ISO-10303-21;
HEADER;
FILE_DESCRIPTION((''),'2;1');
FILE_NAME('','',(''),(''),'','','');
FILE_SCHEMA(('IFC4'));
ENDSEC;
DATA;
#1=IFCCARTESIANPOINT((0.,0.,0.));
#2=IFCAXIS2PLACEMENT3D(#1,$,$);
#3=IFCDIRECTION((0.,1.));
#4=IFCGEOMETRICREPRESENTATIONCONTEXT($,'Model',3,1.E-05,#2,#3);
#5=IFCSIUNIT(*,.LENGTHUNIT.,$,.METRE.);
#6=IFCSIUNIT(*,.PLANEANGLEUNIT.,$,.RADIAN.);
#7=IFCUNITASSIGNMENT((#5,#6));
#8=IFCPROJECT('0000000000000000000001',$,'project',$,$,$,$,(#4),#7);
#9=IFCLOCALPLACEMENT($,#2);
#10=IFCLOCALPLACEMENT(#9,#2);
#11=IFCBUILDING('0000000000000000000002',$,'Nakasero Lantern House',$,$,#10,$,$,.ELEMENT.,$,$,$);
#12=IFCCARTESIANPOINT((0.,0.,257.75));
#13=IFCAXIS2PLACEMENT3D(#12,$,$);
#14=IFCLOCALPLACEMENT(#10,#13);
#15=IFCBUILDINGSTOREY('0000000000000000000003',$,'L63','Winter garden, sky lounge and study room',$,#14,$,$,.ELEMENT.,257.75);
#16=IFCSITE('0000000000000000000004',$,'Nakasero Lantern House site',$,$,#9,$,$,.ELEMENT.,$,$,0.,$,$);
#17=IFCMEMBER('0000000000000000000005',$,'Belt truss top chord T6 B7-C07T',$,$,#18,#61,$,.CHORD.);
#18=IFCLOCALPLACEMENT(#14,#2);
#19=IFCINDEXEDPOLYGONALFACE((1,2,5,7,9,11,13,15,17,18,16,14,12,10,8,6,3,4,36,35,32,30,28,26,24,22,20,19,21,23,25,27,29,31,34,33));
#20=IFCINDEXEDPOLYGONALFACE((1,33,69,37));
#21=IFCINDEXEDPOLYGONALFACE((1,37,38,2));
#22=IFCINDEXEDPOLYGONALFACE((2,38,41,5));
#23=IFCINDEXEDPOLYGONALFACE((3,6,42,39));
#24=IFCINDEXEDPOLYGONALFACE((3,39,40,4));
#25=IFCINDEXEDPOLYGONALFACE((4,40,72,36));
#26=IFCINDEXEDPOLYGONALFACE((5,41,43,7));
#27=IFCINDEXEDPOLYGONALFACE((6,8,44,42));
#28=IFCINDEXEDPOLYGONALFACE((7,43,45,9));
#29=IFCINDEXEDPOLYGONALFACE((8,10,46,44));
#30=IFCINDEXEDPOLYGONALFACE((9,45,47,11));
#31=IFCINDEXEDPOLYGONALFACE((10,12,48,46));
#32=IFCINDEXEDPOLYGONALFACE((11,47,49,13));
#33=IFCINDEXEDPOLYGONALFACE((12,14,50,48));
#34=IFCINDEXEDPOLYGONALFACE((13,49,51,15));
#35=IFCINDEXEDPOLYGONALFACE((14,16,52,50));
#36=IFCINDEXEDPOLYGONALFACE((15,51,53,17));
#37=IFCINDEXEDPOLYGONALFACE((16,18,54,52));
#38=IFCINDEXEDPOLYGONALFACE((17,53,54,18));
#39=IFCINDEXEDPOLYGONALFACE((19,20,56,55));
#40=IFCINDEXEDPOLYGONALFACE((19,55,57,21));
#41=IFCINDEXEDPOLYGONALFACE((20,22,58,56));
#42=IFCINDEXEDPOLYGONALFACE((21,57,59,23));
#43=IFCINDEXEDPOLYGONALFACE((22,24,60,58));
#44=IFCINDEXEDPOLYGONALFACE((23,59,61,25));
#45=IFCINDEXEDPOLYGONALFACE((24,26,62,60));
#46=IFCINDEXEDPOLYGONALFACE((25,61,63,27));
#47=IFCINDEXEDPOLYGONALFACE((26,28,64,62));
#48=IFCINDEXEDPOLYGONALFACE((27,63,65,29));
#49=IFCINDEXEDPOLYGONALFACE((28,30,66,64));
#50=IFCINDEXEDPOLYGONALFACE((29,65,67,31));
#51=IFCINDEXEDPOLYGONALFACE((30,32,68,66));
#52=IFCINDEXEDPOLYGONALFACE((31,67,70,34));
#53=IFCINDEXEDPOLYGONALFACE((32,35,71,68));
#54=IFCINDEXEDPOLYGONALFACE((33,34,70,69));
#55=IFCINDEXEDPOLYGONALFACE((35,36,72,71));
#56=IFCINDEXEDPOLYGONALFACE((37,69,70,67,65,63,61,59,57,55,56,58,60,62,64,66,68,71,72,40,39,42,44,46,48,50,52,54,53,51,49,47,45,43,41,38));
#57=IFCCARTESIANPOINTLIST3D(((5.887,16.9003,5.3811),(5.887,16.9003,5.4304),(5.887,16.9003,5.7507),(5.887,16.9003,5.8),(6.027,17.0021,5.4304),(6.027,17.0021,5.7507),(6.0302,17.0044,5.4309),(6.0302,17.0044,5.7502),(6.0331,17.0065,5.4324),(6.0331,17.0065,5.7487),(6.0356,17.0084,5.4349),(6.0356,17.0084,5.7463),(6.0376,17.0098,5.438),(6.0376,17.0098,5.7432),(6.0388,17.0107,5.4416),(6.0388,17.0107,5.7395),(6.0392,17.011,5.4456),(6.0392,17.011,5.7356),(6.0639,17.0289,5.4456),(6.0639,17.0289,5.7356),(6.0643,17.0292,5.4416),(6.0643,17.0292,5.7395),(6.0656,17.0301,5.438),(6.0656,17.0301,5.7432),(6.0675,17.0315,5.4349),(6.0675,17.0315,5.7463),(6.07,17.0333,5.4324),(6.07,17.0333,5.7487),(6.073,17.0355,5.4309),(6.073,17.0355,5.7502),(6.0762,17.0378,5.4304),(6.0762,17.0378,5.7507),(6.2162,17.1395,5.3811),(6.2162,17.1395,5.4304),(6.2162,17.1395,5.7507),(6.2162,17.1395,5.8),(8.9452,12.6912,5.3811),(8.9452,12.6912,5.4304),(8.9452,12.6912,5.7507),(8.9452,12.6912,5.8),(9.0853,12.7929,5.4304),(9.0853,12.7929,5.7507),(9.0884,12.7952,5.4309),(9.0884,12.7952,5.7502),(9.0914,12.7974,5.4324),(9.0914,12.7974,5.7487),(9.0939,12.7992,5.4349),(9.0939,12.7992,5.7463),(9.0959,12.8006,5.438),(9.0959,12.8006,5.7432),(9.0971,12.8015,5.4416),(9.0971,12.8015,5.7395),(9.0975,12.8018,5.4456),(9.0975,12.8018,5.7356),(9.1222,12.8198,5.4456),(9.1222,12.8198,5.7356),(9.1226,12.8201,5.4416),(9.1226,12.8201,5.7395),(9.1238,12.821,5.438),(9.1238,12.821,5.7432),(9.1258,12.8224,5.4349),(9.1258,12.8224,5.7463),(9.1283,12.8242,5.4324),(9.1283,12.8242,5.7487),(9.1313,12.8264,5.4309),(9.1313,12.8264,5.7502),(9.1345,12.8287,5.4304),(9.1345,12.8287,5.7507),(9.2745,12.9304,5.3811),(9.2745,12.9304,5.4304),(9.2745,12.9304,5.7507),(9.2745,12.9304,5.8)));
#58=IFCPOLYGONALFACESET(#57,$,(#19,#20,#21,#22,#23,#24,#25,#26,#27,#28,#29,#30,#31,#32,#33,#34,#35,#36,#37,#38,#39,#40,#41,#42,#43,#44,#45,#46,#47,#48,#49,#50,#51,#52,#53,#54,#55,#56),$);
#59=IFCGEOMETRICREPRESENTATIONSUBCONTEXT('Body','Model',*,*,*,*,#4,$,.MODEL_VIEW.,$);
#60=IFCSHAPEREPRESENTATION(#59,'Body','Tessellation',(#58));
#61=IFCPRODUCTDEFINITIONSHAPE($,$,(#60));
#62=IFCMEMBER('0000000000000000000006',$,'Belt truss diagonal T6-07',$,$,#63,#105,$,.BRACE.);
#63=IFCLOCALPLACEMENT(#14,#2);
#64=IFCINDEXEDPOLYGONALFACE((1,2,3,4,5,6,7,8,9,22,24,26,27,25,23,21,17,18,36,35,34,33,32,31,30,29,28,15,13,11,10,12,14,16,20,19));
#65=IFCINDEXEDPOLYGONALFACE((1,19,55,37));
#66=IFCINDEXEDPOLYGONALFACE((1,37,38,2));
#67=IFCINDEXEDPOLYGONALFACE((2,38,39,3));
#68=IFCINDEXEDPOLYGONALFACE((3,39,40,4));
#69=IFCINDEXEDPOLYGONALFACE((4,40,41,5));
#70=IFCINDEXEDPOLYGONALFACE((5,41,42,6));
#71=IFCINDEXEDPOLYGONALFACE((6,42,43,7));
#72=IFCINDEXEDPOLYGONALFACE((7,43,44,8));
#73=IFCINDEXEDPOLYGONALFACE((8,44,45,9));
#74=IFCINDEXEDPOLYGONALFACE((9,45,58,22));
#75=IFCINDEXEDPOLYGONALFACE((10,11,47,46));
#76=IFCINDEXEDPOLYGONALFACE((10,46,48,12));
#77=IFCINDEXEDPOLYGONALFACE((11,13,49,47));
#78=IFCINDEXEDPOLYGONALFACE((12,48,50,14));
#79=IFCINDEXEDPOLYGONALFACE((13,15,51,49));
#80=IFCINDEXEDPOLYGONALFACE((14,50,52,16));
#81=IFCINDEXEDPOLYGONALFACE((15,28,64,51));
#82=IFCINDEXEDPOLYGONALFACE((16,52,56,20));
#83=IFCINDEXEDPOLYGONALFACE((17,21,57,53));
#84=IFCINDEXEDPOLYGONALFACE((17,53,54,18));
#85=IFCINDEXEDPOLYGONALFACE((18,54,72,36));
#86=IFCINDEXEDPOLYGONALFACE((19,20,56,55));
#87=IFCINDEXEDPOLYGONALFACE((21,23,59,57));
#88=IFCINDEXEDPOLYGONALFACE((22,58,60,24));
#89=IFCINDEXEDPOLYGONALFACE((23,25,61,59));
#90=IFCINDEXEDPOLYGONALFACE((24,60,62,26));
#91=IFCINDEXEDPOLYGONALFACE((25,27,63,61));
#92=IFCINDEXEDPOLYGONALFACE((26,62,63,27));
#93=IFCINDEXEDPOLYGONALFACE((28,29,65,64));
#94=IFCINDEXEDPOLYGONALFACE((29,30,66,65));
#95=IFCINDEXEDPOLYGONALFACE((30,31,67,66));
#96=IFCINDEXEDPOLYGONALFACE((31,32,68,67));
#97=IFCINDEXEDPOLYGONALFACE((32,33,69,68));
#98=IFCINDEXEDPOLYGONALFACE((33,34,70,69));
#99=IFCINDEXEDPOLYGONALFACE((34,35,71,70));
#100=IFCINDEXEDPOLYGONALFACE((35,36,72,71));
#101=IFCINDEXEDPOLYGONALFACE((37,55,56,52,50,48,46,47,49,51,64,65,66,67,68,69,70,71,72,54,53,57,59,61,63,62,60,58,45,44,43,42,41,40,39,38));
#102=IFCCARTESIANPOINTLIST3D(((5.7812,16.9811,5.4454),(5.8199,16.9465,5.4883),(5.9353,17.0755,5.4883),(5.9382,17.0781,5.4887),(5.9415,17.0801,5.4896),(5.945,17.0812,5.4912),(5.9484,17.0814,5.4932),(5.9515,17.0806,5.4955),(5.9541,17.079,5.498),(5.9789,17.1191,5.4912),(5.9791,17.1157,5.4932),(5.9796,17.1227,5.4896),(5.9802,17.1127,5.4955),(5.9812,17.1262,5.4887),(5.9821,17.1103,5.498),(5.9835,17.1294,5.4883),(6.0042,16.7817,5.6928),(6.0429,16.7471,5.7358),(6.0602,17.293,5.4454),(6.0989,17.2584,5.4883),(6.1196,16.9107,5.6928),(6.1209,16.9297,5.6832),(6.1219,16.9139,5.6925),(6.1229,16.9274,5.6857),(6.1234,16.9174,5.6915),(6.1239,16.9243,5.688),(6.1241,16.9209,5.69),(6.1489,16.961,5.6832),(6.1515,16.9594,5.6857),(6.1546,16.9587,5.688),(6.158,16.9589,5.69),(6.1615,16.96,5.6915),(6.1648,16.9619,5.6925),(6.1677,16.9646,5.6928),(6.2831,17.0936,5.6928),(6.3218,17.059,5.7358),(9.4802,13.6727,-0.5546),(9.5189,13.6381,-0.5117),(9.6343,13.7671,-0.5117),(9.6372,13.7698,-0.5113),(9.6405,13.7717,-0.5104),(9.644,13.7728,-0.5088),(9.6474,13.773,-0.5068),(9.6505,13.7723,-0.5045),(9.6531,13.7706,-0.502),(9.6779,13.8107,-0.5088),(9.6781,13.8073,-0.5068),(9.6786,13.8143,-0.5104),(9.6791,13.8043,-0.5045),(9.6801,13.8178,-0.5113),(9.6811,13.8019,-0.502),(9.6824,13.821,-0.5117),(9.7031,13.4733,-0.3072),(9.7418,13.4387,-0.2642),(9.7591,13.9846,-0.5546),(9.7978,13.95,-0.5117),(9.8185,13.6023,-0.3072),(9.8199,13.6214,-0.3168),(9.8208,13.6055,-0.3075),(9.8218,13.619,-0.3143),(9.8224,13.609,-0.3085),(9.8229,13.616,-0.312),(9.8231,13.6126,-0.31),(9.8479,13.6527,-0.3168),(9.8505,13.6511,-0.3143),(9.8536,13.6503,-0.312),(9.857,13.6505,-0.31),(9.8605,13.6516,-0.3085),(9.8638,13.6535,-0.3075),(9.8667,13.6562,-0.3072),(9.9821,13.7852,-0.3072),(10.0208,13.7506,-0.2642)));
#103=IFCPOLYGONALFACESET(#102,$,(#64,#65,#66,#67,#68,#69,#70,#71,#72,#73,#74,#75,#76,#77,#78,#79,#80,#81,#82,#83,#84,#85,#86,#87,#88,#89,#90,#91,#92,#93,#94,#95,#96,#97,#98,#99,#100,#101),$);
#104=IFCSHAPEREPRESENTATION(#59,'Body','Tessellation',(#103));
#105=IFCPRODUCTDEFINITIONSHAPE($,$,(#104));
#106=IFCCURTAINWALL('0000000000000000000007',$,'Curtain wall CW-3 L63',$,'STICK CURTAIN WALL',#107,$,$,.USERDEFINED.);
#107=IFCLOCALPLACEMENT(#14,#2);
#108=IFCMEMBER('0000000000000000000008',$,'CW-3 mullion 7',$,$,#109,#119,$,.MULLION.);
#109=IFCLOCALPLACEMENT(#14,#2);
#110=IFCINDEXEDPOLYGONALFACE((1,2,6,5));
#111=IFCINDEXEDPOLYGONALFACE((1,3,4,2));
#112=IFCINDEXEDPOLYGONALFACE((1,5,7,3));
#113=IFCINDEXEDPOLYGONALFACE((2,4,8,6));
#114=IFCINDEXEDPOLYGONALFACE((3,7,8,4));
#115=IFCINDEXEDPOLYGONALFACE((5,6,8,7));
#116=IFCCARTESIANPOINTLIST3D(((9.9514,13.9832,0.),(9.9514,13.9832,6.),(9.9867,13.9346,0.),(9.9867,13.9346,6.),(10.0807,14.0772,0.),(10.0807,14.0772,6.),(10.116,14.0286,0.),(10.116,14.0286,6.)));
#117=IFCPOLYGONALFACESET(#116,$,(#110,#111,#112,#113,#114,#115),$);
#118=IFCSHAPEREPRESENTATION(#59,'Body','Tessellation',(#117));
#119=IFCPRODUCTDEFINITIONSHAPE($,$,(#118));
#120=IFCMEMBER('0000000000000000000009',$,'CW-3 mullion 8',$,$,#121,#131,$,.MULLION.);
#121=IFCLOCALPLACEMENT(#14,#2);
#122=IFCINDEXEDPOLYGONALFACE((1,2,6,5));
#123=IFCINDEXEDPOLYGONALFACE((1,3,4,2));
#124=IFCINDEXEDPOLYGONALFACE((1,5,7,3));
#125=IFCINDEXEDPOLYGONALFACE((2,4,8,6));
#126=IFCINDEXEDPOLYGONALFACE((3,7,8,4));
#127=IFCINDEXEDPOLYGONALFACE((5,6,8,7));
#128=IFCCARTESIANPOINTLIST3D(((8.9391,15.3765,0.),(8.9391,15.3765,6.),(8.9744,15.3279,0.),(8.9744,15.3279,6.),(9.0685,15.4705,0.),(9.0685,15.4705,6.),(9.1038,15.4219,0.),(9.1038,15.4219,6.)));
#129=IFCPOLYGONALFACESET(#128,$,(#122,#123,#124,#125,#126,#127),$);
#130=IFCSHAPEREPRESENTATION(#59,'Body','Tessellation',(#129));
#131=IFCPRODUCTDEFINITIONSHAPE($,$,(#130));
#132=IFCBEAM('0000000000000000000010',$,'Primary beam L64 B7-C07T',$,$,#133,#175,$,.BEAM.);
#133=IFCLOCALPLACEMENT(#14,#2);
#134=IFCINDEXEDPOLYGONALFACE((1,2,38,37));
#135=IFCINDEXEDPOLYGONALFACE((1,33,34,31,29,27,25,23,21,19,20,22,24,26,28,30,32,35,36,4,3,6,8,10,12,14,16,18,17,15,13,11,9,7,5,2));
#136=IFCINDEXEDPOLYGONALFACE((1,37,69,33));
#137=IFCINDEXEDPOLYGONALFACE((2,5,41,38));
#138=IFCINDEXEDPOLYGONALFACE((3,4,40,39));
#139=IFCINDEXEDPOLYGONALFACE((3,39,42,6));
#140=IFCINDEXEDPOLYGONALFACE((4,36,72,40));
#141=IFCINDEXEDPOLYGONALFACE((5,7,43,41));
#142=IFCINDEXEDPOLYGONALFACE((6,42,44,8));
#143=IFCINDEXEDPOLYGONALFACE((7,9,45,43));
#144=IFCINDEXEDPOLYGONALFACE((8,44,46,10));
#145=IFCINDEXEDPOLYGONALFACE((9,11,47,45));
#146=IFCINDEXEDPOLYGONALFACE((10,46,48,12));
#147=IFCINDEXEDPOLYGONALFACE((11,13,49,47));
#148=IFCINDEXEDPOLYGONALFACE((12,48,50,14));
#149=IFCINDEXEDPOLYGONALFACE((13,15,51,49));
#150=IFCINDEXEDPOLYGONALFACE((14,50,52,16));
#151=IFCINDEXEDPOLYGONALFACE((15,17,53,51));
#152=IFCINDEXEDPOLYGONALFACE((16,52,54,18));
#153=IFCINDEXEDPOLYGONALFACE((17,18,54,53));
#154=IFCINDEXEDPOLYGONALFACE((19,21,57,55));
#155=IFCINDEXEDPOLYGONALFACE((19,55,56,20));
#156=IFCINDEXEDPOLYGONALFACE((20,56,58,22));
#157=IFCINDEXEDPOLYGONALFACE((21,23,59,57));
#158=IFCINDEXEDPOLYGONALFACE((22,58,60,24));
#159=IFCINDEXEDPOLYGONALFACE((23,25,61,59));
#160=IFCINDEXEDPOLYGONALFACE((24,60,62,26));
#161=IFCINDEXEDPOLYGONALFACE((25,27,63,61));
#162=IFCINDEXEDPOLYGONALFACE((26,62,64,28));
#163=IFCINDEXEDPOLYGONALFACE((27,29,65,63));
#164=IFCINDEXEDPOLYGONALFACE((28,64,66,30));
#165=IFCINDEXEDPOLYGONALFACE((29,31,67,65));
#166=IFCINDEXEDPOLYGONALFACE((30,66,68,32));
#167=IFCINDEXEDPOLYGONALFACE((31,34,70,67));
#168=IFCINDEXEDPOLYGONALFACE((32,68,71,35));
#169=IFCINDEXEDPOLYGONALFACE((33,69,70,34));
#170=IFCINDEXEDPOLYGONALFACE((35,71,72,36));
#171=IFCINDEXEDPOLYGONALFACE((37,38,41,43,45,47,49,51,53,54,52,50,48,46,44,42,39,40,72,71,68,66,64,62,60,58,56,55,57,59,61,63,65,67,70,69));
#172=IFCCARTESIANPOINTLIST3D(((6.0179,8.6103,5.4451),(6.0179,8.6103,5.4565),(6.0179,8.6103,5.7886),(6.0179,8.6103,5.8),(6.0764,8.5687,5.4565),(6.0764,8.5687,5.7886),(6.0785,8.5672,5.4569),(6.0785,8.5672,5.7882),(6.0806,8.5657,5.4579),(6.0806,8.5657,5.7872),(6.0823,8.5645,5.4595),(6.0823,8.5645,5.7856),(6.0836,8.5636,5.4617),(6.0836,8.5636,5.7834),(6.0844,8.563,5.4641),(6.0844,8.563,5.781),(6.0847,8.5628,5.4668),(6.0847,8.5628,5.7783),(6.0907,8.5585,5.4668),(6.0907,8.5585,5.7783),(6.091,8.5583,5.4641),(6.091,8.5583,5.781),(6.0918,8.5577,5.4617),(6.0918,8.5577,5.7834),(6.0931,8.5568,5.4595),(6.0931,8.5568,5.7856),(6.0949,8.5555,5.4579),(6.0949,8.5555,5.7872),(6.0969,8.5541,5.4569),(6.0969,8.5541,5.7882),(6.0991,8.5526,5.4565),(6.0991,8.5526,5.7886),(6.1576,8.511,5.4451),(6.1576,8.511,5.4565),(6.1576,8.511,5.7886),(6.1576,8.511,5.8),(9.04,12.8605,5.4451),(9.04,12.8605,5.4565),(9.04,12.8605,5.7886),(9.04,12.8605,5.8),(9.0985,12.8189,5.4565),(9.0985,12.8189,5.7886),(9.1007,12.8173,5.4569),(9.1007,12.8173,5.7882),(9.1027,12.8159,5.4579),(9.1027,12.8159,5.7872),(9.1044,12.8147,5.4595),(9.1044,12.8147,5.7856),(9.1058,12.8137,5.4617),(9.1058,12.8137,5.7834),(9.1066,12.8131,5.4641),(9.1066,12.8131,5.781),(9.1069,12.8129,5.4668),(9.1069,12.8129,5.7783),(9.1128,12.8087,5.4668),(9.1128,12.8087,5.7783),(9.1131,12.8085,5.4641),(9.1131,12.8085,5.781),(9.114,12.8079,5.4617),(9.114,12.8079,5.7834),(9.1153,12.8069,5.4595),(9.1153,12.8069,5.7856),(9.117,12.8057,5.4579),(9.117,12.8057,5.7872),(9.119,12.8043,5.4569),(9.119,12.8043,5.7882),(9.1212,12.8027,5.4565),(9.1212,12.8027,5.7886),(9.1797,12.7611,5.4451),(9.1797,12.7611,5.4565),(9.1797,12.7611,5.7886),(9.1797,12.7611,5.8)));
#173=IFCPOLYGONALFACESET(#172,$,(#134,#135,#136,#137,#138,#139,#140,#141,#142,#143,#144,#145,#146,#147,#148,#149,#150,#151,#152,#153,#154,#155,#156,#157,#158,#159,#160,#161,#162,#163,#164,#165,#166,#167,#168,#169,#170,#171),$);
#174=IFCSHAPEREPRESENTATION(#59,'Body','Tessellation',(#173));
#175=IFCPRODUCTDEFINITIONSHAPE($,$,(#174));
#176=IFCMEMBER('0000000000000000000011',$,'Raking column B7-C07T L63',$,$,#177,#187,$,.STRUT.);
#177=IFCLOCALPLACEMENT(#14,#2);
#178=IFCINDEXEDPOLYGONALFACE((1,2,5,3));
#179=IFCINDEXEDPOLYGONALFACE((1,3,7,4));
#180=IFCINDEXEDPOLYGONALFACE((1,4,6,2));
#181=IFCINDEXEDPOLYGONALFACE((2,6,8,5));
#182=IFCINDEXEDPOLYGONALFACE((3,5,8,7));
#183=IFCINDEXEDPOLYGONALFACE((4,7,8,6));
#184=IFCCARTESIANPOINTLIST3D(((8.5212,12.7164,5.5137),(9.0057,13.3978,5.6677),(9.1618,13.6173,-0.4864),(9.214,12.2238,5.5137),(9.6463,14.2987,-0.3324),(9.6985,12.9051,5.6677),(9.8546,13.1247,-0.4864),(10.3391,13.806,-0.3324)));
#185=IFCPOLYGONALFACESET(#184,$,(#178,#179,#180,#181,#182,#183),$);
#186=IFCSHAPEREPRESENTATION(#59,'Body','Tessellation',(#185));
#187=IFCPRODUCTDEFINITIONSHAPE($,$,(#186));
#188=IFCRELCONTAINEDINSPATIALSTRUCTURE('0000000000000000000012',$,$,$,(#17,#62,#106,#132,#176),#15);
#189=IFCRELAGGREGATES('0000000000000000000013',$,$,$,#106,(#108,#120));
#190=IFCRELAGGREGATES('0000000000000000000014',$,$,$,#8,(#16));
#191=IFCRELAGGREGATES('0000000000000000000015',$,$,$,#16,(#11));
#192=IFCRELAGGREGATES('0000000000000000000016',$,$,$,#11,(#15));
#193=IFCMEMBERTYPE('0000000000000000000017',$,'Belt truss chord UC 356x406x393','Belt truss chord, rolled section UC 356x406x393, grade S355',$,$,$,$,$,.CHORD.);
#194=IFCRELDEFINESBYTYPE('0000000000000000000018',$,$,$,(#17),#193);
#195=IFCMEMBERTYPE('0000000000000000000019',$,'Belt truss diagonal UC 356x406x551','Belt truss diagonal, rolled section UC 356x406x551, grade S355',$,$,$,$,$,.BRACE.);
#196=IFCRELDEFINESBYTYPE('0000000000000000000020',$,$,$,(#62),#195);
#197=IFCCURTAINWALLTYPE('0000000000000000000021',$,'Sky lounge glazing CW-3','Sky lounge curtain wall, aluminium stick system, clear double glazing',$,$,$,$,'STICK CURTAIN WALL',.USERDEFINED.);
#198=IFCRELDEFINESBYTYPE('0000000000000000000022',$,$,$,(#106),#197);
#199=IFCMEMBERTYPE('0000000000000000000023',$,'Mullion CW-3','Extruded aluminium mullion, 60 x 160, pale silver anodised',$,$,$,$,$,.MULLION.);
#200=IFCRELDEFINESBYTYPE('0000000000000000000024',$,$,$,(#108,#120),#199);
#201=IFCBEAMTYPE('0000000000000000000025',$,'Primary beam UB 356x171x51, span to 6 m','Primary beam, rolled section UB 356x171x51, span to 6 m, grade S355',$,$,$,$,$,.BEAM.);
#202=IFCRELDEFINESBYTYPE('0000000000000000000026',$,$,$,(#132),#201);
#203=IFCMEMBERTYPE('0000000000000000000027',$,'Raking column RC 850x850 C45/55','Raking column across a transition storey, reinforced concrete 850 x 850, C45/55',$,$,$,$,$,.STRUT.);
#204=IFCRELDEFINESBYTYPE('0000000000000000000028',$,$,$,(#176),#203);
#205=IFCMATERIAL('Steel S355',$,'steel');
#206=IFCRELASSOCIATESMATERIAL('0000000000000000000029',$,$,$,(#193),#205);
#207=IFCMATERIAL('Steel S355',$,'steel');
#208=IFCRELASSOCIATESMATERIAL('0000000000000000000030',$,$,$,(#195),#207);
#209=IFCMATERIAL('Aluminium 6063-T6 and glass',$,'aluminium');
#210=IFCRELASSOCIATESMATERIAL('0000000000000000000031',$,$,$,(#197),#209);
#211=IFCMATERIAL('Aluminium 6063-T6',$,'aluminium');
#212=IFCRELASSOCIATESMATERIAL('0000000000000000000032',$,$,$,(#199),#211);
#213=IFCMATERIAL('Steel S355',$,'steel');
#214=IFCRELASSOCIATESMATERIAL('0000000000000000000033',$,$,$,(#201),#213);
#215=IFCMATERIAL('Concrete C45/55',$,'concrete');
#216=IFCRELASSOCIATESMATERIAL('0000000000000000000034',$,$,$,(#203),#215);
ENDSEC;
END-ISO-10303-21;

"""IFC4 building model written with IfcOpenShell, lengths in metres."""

from ifc_helpers import new_model, si_unit, direction, frame, origin, origin_2d, place, context, subcontext, project, spatial, rectangle, i_section, extrude, material, material_profile, profile_set, type_object, element, aggregate, save


model = new_model("IFC4")

# Units and contexts
model_context = context("Model", 3, precision=1e-05, world=origin(), true_north=direction((0.0, 1.0)))
body_context = subcontext(model_context, "Body", "Model", "MODEL_VIEW")
ifc_project = project(units=[si_unit("LENGTHUNIT", "METRE"), si_unit("PLANEANGLEUNIT", "RADIAN")], contexts=[model_context])

# Site, building, storey
site_placement = place(None, origin())
site = spatial("IfcSite", under=ifc_project, at=site_placement, Name="Nakasero Lantern House site", CompositionType="ELEMENT", RefElevation=0.0)
building_placement = place(site_placement, origin())
building = spatial("IfcBuilding", under=site, at=building_placement, Name="Nakasero Lantern House", CompositionType="ELEMENT")
storey_placement = place(building_placement, frame((0.0, 0.0, 257.75)))
storey = spatial("IfcBuildingStorey", under=building, at=storey_placement, Name="L63", Description="Winter garden, sky lounge and study room", CompositionType="ELEMENT", Elevation=257.75)

# Members
ifc_material_1 = material(Name="Steel S355", Category="steel")
ifc_material_profile_1 = material_profile(ifc_material_1, i_section(OverallWidth=0.407, OverallDepth=0.4189, WebThickness=0.0305, FlangeThickness=0.0493, FilletRadius=0.0151, at=origin_2d()), Name="UC 356x406x393")
ifc_profile_set_1 = profile_set([ifc_material_profile_1], Name="Steel S355")
member_type_1 = type_object("IfcMemberType", Name="Belt truss chord UC 356x406x393", Description="Belt truss chord, rolled section UC 356x406x393, grade S355", PredefinedType="CHORD", material=ifc_profile_set_1)
member_1_placement = place(storey_placement, frame((9.1099, 12.8108, 5.5906), z_axis=(-0.587806, 0.809002, 0.0), x_axis=(-0.809002, -0.587806, 0.0)))
element("IfcMember", 1, at=member_1_placement, inside=storey, type_object=member_type_1, Name="Belt truss top chord T6 B7-C07T", PredefinedType="CHORD", context=body_context, shape_type="SweptSolid", body=[
    extrude(i_section(OverallWidth=0.407, OverallDepth=0.4189, WebThickness=0.0305, FlangeThickness=0.0493, FilletRadius=0.0151, at=origin_2d()), origin(), (0.0, 0.0, 1.0), 5.2029),
])
ifc_material_2 = material(Name="Steel S355", Category="steel")
ifc_material_profile_2 = material_profile(ifc_material_2, i_section(OverallWidth=0.4185, OverallDepth=0.4556, WebThickness=0.042, FlangeThickness=0.0674, FilletRadius=0.0151, at=origin_2d()), Name="UC 356x406x551")
ifc_profile_set_2 = profile_set([ifc_material_profile_2], Name="Steel S355")
member_type_2 = type_object("IfcMemberType", Name="Belt truss diagonal UC 356x406x551", Description="Belt truss diagonal, rolled section UC 356x406x551, grade S355", PredefinedType="BRACE", material=ifc_profile_set_2)
member_2_placement = place(storey_placement, frame((9.7505, 13.7117, -0.4094), z_axis=(-0.475058, 0.42489, 0.770577), x_axis=(-0.666654, -0.745367, 0.0)))
element("IfcMember", 2, at=member_2_placement, inside=storey, type_object=member_type_2, Name="Belt truss diagonal T6-07", PredefinedType="BRACE", context=body_context, shape_type="SweptSolid", body=[
    extrude(i_section(OverallWidth=0.4185, OverallDepth=0.4556, WebThickness=0.042, FlangeThickness=0.0674, FilletRadius=0.0151, at=origin_2d()), origin(), (0.0, 0.0, 1.0), 7.7864),
])

# Curtain wall, members
ifc_material_3 = material(Name="Aluminium 6063-T6 and glass", Category="aluminium")
curtain_wall_type = type_object("IfcCurtainWallType", Name="Sky lounge glazing CW-3", Description="Sky lounge curtain wall, aluminium stick system, clear double glazing", ElementType="STICK CURTAIN WALL", PredefinedType="USERDEFINED", material=ifc_material_3)
curtain_wall_placement = place(storey_placement, origin())
curtain_wall = element("IfcCurtainWall", 3, at=curtain_wall_placement, inside=storey, type_object=curtain_wall_type, Name="Curtain wall CW-3 L63", ObjectType="STICK CURTAIN WALL", PredefinedType="USERDEFINED")
ifc_material_4 = material(Name="Aluminium 6063-T6", Category="aluminium")
ifc_material_profile_3 = material_profile(ifc_material_4, rectangle(XDim=0.0601, YDim=0.1599, at=origin_2d()), Name="CW-3 mullion 60x160")
ifc_profile_set_3 = profile_set([ifc_material_profile_3], Name="Aluminium 6063-T6")
member_type_3 = type_object("IfcMemberType", Name="Mullion CW-3", Description="Extruded aluminium mullion, 60 x 160, pale silver anodised", PredefinedType="MULLION", material=ifc_profile_set_3)
member_3_placement = place(storey_placement, frame((10.0337, 14.0059, 0.0), z_axis=(0.0, 0.0, 1.0), x_axis=(-0.587785, 0.809017, 0.0)))
member_3 = element("IfcMember", 4, at=member_3_placement, type_object=member_type_3, Name="CW-3 mullion 7", PredefinedType="MULLION", context=body_context, shape_type="SweptSolid", body=[
    extrude(rectangle(XDim=0.0601, YDim=0.1599, at=origin_2d()), origin(), (0.0, 0.0, 1.0), 6.0),
])
member_4_placement = place(storey_placement, frame((9.0215, 15.3992, 0.0), z_axis=(0.0, 0.0, 1.0), x_axis=(-0.587785, 0.809017, 0.0)))
member_4 = element("IfcMember", 5, at=member_4_placement, type_object=member_type_3, Name="CW-3 mullion 8", PredefinedType="MULLION", context=body_context, shape_type="SweptSolid", body=[
    extrude(rectangle(XDim=0.0601, YDim=0.1599, at=origin_2d()), origin(), (0.0, 0.0, 1.0), 6.0),
])

# Beam
ifc_material_5 = material(Name="Steel S355", Category="steel")
ifc_material_profile_4 = material_profile(ifc_material_5, i_section(OverallWidth=0.1714, OverallDepth=0.355, WebThickness=0.0073, FlangeThickness=0.0115, FilletRadius=0.0103, at=origin_2d()), Name="UB 356x171x51")
ifc_profile_set_4 = profile_set([ifc_material_profile_4], Name="Steel S355")
beam_type = type_object("IfcBeamType", Name="Primary beam UB 356x171x51, span to 6 m", Description="Primary beam, rolled section UB 356x171x51, span to 6 m, grade S355", PredefinedType="BEAM", material=ifc_profile_set_4)
beam_placement = place(storey_placement, frame((9.1099, 12.8108, 5.6226), z_axis=(-0.579501, -0.814972, 0.0), x_axis=(0.814972, -0.579501, 0.0)))
element("IfcBeam", 6, at=beam_placement, inside=storey, type_object=beam_type, Name="Primary beam L64 B7-C07T", PredefinedType="BEAM", context=body_context, shape_type="SweptSolid", body=[
    extrude(i_section(OverallWidth=0.1714, OverallDepth=0.355, WebThickness=0.0073, FlangeThickness=0.0115, FilletRadius=0.0103, at=origin_2d()), origin(), (0.0, 0.0, 1.0), 5.2151),
])

# Member
ifc_material_6 = material(Name="Concrete C45/55", Category="concrete")
ifc_material_profile_5 = material_profile(ifc_material_6, rectangle(XDim=0.8501, YDim=0.8501, at=origin_2d()), Name="RC 850x850")
ifc_profile_set_5 = profile_set([ifc_material_profile_5], Name="Concrete C45/55")
member_type_4 = type_object("IfcMemberType", Name="Raking column RC 850x850 C45/55", Description="Raking column across a transition storey, reinforced concrete 850 x 850, C45/55", PredefinedType="STRUT", material=ifc_profile_set_5)
member_5_placement = place(storey_placement, frame((9.7505, 13.7117, -0.4094), z_axis=(-0.105004, -0.147661, 0.983448), x_axis=(0.814955, -0.579524, 0.0)))
element("IfcMember", 7, at=member_5_placement, inside=storey, type_object=member_type_4, Name="Raking column B7-C07T L63", PredefinedType="STRUT", context=body_context, shape_type="SweptSolid", body=[
    extrude(rectangle(XDim=0.8501, YDim=0.8501, at=origin_2d()), origin(), (0.0, 0.0, 1.0), 6.1011),
])

aggregate(curtain_wall, [member_3, member_4])

save(model, "model.ifc")
